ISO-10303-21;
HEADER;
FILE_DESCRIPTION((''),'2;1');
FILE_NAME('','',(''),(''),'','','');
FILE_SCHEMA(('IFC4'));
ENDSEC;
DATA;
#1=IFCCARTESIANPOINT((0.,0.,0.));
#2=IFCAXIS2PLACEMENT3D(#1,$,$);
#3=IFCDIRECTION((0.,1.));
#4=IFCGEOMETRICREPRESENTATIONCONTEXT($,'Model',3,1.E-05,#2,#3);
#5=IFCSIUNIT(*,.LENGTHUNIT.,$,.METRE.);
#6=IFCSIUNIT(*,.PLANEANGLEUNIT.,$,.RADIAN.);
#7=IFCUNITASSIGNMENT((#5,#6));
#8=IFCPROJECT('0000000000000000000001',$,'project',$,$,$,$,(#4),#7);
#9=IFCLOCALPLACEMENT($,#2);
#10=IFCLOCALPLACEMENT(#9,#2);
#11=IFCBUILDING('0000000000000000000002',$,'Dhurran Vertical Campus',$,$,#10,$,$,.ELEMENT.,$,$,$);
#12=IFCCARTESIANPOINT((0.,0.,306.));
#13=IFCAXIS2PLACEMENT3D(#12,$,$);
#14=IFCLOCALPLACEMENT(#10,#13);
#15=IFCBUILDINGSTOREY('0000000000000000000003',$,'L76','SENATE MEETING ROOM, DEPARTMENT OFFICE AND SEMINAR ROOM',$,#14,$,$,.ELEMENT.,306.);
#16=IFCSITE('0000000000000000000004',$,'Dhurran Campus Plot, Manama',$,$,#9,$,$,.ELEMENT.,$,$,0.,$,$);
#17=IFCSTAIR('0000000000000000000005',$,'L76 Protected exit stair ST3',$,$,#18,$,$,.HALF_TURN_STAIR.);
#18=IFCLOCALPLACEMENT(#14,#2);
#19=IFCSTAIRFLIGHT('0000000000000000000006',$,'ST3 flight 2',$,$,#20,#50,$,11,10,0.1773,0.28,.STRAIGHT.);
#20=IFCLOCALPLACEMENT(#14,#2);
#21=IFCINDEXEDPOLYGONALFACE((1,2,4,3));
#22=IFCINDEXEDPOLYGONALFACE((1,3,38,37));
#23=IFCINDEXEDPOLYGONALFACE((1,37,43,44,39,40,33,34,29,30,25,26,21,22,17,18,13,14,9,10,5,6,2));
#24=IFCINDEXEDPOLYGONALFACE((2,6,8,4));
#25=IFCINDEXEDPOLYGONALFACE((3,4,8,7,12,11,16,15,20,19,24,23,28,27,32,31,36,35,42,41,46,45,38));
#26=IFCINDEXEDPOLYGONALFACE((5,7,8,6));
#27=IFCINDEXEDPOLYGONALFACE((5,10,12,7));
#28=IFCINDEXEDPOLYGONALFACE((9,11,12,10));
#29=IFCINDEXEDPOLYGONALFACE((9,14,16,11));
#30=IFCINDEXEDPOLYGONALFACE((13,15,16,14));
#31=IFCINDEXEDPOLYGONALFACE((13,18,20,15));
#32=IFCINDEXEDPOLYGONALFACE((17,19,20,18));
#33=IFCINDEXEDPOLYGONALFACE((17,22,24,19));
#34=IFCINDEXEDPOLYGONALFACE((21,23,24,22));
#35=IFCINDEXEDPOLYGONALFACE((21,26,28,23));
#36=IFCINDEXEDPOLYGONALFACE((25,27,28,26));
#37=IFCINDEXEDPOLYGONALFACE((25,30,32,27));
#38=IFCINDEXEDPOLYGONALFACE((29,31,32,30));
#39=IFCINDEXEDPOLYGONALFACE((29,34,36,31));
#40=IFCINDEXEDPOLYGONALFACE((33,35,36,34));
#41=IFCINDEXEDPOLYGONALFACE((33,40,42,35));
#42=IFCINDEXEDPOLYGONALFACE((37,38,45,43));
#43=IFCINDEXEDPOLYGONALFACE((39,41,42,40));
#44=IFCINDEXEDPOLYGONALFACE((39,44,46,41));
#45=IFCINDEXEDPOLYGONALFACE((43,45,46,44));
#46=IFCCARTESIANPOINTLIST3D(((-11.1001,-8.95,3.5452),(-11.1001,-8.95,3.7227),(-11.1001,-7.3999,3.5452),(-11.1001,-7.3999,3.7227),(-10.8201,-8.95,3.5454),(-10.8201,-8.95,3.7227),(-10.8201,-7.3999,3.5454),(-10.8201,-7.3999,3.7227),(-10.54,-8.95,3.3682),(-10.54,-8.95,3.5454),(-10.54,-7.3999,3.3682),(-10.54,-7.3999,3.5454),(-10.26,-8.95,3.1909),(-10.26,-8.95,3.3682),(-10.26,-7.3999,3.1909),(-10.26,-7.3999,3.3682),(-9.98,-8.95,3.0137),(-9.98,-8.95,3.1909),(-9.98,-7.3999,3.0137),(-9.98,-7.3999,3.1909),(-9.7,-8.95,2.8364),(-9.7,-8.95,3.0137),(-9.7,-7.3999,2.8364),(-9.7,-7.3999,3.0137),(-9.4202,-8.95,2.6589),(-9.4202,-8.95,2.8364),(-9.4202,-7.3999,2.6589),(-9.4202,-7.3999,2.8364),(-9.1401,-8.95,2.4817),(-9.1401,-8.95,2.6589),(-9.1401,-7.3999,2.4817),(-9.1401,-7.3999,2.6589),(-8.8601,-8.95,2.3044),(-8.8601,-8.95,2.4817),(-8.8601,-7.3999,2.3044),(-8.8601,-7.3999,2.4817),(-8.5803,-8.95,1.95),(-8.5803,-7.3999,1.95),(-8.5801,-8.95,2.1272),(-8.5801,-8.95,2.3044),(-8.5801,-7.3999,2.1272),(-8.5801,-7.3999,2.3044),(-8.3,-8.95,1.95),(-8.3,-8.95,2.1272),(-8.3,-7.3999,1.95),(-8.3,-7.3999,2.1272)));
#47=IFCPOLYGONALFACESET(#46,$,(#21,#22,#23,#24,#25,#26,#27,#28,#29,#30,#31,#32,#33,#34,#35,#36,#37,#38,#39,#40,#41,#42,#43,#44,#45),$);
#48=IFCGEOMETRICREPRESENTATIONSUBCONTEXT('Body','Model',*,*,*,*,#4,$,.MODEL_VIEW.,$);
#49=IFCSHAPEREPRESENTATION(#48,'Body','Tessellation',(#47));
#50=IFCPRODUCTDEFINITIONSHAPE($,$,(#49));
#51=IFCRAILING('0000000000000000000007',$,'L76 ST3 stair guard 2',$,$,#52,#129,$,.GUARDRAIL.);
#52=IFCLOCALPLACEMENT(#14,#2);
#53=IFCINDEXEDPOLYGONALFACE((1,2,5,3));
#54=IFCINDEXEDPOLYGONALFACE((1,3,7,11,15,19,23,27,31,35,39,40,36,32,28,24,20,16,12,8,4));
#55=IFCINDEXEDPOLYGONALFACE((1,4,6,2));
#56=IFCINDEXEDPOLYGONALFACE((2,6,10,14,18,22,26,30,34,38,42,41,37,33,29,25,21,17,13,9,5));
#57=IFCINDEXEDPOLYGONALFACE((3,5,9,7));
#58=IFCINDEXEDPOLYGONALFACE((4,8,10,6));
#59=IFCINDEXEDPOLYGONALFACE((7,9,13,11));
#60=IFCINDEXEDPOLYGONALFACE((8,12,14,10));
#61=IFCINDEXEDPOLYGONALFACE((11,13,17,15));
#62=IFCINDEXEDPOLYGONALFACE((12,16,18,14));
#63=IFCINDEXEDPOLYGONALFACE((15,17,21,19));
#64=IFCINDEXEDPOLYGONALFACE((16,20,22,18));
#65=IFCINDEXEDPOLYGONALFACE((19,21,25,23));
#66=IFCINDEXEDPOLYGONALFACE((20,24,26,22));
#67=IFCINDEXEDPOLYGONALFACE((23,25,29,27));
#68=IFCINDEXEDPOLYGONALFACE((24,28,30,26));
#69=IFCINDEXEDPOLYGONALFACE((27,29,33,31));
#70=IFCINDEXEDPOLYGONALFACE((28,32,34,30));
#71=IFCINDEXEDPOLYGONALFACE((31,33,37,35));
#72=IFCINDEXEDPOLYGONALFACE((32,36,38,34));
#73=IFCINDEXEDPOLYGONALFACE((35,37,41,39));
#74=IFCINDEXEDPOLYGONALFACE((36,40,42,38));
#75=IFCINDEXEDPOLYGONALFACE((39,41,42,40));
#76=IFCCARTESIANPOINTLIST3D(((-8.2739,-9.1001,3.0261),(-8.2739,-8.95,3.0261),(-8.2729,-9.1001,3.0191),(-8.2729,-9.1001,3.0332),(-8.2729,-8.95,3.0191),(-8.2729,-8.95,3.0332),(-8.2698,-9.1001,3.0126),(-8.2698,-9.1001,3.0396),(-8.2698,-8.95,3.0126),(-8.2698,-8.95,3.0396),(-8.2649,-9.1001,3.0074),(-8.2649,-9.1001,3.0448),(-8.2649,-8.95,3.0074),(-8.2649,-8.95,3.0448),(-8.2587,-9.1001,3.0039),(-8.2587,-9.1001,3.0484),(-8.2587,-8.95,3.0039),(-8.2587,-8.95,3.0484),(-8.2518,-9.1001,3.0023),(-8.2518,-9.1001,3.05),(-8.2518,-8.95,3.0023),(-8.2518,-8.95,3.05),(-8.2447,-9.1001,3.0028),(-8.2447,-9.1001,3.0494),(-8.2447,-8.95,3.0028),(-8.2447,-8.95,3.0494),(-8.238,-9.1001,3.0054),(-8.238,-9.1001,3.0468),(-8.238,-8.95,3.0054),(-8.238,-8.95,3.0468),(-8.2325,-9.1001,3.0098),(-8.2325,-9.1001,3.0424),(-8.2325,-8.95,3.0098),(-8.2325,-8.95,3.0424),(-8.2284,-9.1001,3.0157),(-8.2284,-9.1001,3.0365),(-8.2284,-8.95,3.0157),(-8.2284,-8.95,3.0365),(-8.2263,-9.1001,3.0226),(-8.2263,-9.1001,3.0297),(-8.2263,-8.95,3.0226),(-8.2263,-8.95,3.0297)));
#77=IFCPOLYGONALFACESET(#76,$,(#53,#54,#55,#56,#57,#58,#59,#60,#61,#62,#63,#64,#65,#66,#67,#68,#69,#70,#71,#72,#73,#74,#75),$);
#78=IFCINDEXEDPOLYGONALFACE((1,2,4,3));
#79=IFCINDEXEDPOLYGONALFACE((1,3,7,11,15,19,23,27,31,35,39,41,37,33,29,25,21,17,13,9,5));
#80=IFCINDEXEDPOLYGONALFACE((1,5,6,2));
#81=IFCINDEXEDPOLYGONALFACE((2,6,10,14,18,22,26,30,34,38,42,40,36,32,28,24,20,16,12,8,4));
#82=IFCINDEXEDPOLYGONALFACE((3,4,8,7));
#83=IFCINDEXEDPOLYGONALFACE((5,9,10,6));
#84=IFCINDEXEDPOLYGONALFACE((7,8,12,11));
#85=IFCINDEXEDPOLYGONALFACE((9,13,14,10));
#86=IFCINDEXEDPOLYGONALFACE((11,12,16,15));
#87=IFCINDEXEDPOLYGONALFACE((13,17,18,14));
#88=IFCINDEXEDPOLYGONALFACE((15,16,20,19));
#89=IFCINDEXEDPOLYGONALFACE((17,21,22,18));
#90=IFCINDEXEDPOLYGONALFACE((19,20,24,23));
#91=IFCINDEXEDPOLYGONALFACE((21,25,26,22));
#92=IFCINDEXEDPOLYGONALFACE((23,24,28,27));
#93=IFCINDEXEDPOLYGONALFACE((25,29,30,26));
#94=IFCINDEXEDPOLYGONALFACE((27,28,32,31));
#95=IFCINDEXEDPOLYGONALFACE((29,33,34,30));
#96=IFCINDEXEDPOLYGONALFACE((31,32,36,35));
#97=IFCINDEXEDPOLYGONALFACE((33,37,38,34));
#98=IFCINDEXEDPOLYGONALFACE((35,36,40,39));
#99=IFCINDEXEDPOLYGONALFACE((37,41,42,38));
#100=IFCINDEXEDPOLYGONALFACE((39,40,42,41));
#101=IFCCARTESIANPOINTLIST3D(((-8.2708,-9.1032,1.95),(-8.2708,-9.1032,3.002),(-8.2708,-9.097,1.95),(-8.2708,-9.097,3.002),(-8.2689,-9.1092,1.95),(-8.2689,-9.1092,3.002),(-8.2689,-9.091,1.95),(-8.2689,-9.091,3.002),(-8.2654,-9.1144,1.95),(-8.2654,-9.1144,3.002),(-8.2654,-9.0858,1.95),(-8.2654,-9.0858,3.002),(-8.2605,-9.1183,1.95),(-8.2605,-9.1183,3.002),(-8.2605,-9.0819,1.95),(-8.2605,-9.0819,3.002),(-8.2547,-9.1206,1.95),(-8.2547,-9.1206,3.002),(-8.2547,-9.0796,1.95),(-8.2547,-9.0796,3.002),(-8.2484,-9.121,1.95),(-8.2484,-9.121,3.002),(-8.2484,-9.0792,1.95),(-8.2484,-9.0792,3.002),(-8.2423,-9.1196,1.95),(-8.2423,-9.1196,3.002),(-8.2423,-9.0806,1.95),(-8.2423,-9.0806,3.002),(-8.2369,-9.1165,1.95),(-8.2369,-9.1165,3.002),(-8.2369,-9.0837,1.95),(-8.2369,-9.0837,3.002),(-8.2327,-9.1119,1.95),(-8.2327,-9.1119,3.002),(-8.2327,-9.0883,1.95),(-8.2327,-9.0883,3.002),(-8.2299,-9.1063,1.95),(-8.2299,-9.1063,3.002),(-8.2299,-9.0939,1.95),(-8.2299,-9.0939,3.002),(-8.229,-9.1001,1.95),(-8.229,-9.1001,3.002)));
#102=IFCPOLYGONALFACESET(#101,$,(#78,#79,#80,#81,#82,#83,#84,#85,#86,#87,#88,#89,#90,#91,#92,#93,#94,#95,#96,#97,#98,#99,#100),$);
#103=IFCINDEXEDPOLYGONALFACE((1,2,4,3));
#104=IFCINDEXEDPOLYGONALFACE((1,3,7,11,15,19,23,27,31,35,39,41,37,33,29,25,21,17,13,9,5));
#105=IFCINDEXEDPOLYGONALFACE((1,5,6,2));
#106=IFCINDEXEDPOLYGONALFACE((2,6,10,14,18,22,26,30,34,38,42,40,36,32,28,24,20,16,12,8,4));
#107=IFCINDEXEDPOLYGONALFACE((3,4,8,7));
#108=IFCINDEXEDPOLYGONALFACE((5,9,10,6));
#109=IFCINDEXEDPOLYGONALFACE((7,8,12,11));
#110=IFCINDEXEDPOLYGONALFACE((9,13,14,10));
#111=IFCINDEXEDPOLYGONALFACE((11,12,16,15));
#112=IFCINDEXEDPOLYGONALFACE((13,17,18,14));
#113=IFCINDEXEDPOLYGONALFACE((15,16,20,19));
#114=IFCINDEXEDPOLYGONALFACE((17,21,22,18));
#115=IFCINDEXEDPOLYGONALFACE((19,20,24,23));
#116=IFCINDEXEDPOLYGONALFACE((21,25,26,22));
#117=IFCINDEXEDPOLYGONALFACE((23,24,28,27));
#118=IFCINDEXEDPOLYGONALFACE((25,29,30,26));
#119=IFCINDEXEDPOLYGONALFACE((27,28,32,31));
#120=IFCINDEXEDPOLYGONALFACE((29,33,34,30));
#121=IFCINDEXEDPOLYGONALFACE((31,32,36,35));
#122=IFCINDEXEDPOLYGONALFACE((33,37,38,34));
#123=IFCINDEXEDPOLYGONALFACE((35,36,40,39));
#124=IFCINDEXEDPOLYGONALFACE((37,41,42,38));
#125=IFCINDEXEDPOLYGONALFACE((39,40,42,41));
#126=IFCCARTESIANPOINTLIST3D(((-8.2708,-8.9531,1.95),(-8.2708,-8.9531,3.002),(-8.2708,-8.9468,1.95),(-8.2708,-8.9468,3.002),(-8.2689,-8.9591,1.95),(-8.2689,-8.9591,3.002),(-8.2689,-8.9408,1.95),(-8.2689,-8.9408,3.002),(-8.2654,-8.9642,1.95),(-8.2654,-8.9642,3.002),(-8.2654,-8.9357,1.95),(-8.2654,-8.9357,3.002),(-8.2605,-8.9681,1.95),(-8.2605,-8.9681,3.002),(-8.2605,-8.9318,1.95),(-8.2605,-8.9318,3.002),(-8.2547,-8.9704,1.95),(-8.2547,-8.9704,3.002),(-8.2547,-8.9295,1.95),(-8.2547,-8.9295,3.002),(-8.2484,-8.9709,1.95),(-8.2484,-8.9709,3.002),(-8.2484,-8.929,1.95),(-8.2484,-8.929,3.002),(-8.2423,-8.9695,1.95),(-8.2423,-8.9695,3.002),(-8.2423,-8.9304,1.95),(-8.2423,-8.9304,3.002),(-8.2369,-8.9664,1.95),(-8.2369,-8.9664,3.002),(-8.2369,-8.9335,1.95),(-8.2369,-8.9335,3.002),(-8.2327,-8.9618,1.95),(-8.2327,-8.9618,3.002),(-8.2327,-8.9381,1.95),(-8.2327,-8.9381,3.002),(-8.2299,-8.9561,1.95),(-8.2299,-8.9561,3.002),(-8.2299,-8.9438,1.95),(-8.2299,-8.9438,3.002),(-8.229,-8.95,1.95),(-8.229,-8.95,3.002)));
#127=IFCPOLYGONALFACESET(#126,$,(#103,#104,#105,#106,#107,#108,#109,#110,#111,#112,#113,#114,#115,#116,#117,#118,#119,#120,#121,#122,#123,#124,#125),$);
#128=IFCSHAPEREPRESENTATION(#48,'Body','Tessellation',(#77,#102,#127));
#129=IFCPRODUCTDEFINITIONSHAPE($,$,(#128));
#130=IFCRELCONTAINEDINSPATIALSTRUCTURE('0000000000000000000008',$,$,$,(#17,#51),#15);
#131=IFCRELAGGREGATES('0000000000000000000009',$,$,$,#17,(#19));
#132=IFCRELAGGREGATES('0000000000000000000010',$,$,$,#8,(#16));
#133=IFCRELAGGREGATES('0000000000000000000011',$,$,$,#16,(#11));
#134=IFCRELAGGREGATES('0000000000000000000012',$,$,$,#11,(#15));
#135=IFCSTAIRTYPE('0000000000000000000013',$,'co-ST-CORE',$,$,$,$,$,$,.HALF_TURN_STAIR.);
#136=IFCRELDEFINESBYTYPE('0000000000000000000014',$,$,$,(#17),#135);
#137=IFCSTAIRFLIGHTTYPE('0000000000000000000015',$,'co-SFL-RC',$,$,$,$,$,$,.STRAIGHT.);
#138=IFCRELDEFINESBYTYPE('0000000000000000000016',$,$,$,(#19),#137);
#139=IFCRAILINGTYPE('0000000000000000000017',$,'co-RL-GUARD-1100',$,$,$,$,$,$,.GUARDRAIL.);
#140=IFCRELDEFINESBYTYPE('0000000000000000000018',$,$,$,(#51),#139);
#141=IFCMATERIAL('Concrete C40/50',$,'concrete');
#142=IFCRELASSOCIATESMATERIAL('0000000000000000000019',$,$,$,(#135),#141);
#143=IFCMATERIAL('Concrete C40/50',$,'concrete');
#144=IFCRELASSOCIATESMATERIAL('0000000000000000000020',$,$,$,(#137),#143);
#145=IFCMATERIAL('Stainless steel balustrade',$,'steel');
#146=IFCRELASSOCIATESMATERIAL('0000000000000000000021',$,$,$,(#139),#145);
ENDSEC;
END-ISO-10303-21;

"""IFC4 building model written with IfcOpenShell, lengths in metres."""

from ifc_helpers import new_model, si_unit, direction, frame, origin, origin_2d, place, context, subcontext, project, spatial, polyline, circle, outline, extrude, material, type_object, element, aggregate, save


model = new_model("IFC4")

# Units and contexts
model_context = context("Model", 3, precision=1e-05, world=origin(), true_north=direction((0.0, 1.0)))
body_context = subcontext(model_context, "Body", "Model", "MODEL_VIEW")
ifc_project = project(units=[si_unit("LENGTHUNIT", "METRE"), si_unit("PLANEANGLEUNIT", "RADIAN")], contexts=[model_context])

# Site, building, storey
site_placement = place(None, origin())
site = spatial("IfcSite", under=ifc_project, at=site_placement, Name="Dhurran Campus Plot, Manama", CompositionType="ELEMENT", RefElevation=0.0)
building_placement = place(site_placement, origin())
building = spatial("IfcBuilding", under=site, at=building_placement, Name="Dhurran Vertical Campus", CompositionType="ELEMENT")
storey_placement = place(building_placement, frame((0.0, 0.0, 306.0)))
storey = spatial("IfcBuildingStorey", under=building, at=storey_placement, Name="L76", Description="SENATE MEETING ROOM, DEPARTMENT OFFICE AND SEMINAR ROOM", CompositionType="ELEMENT", Elevation=306.0)

# Stair, stair flight
ifc_material_1 = material(Name="Concrete C40/50", Category="concrete")
stair_type = type_object("IfcStairType", Name="co-ST-CORE", PredefinedType="HALF_TURN_STAIR", material=ifc_material_1)
stair_placement = place(storey_placement, origin())
stair = element("IfcStair", 1, at=stair_placement, inside=storey, type_object=stair_type, Name="L76 Protected exit stair ST3", PredefinedType="HALF_TURN_STAIR")
ifc_material_2 = material(Name="Concrete C40/50", Category="concrete")
stair_flight_type = type_object("IfcStairFlightType", Name="co-SFL-RC", PredefinedType="STRAIGHT", material=ifc_material_2)
stair_flight_placement = place(storey_placement, frame((-8.3, -8.175, 1.95), z_axis=(0.0, 0.0, 1.0), x_axis=(-1.0, 0.0, 0.0)))
stair_flight = element("IfcStairFlight", 2, at=stair_flight_placement, type_object=stair_flight_type, Name="ST3 flight 2", NumberOfRisers=11, NumberOfTreads=10, PredefinedType="STRAIGHT", RiserHeight=0.1773, TreadLength=0.28, context=body_context, shape_type="SweptSolid", body=[
    extrude(outline(polyline([(0.0, 0.0), (0.0, 0.1772), (0.28, 0.1772), (0.28, 0.3545), (0.5601, 0.3545), (0.5601, 0.5317), (0.8401, 0.5317), (0.8401, 0.709), (1.1201, 0.709), (1.1201, 0.8865), (1.3999, 0.8865), (1.3999, 1.0637), (1.6799, 1.0637), (1.6799, 1.241), (1.96, 1.241), (1.96, 1.4182), (2.24, 1.4182), (2.24, 1.5955), (2.52, 1.5955), (2.52, 1.7727), (2.8, 1.7727), (2.8, 1.95), (2.8, 1.5952), (0.2803, 0.0), (0.0, 0.0)])), frame((0.0, 0.7749, 0.0), z_axis=(0.0, -1.0, 0.0), x_axis=(1.0, 0.0, 0.0)), (0.0, 0.0, 1.0), 1.55),
])
aggregate(stair, [stair_flight])

# Railing
ifc_material_3 = material(Name="Stainless steel balustrade", Category="steel")
railing_type_1 = type_object("IfcRailingType", Name="co-RL-GUARD-1100", PredefinedType="GUARDRAIL", material=ifc_material_3)
railing_1_placement = place(storey_placement, frame((-8.25, -9.1001, 1.95)))
element("IfcRailing", 3, at=railing_1_placement, inside=storey, type_object=railing_type_1, Name="L76 ST3 stair guard 2", PredefinedType="GUARDRAIL", context=body_context, shape_type="SweptSolid", body=[
    extrude(circle(Radius=0.0239, at=origin_2d()), frame((0.0, 0.0, 1.0762), z_axis=(0.0, 1.0, 0.0), x_axis=(-1.0, 0.0, 0.0)), (0.0, 0.0, 1.0), 0.1501),
    extrude(circle(Radius=0.021, at=origin_2d()), origin(), (0.0, 0.0, 1.0), 1.052),
    extrude(circle(Radius=0.021, at=origin_2d()), frame((0.0, 0.1501, 0.0)), (0.0, 0.0, 1.0), 1.052),
])

save(model, "model.ifc")
